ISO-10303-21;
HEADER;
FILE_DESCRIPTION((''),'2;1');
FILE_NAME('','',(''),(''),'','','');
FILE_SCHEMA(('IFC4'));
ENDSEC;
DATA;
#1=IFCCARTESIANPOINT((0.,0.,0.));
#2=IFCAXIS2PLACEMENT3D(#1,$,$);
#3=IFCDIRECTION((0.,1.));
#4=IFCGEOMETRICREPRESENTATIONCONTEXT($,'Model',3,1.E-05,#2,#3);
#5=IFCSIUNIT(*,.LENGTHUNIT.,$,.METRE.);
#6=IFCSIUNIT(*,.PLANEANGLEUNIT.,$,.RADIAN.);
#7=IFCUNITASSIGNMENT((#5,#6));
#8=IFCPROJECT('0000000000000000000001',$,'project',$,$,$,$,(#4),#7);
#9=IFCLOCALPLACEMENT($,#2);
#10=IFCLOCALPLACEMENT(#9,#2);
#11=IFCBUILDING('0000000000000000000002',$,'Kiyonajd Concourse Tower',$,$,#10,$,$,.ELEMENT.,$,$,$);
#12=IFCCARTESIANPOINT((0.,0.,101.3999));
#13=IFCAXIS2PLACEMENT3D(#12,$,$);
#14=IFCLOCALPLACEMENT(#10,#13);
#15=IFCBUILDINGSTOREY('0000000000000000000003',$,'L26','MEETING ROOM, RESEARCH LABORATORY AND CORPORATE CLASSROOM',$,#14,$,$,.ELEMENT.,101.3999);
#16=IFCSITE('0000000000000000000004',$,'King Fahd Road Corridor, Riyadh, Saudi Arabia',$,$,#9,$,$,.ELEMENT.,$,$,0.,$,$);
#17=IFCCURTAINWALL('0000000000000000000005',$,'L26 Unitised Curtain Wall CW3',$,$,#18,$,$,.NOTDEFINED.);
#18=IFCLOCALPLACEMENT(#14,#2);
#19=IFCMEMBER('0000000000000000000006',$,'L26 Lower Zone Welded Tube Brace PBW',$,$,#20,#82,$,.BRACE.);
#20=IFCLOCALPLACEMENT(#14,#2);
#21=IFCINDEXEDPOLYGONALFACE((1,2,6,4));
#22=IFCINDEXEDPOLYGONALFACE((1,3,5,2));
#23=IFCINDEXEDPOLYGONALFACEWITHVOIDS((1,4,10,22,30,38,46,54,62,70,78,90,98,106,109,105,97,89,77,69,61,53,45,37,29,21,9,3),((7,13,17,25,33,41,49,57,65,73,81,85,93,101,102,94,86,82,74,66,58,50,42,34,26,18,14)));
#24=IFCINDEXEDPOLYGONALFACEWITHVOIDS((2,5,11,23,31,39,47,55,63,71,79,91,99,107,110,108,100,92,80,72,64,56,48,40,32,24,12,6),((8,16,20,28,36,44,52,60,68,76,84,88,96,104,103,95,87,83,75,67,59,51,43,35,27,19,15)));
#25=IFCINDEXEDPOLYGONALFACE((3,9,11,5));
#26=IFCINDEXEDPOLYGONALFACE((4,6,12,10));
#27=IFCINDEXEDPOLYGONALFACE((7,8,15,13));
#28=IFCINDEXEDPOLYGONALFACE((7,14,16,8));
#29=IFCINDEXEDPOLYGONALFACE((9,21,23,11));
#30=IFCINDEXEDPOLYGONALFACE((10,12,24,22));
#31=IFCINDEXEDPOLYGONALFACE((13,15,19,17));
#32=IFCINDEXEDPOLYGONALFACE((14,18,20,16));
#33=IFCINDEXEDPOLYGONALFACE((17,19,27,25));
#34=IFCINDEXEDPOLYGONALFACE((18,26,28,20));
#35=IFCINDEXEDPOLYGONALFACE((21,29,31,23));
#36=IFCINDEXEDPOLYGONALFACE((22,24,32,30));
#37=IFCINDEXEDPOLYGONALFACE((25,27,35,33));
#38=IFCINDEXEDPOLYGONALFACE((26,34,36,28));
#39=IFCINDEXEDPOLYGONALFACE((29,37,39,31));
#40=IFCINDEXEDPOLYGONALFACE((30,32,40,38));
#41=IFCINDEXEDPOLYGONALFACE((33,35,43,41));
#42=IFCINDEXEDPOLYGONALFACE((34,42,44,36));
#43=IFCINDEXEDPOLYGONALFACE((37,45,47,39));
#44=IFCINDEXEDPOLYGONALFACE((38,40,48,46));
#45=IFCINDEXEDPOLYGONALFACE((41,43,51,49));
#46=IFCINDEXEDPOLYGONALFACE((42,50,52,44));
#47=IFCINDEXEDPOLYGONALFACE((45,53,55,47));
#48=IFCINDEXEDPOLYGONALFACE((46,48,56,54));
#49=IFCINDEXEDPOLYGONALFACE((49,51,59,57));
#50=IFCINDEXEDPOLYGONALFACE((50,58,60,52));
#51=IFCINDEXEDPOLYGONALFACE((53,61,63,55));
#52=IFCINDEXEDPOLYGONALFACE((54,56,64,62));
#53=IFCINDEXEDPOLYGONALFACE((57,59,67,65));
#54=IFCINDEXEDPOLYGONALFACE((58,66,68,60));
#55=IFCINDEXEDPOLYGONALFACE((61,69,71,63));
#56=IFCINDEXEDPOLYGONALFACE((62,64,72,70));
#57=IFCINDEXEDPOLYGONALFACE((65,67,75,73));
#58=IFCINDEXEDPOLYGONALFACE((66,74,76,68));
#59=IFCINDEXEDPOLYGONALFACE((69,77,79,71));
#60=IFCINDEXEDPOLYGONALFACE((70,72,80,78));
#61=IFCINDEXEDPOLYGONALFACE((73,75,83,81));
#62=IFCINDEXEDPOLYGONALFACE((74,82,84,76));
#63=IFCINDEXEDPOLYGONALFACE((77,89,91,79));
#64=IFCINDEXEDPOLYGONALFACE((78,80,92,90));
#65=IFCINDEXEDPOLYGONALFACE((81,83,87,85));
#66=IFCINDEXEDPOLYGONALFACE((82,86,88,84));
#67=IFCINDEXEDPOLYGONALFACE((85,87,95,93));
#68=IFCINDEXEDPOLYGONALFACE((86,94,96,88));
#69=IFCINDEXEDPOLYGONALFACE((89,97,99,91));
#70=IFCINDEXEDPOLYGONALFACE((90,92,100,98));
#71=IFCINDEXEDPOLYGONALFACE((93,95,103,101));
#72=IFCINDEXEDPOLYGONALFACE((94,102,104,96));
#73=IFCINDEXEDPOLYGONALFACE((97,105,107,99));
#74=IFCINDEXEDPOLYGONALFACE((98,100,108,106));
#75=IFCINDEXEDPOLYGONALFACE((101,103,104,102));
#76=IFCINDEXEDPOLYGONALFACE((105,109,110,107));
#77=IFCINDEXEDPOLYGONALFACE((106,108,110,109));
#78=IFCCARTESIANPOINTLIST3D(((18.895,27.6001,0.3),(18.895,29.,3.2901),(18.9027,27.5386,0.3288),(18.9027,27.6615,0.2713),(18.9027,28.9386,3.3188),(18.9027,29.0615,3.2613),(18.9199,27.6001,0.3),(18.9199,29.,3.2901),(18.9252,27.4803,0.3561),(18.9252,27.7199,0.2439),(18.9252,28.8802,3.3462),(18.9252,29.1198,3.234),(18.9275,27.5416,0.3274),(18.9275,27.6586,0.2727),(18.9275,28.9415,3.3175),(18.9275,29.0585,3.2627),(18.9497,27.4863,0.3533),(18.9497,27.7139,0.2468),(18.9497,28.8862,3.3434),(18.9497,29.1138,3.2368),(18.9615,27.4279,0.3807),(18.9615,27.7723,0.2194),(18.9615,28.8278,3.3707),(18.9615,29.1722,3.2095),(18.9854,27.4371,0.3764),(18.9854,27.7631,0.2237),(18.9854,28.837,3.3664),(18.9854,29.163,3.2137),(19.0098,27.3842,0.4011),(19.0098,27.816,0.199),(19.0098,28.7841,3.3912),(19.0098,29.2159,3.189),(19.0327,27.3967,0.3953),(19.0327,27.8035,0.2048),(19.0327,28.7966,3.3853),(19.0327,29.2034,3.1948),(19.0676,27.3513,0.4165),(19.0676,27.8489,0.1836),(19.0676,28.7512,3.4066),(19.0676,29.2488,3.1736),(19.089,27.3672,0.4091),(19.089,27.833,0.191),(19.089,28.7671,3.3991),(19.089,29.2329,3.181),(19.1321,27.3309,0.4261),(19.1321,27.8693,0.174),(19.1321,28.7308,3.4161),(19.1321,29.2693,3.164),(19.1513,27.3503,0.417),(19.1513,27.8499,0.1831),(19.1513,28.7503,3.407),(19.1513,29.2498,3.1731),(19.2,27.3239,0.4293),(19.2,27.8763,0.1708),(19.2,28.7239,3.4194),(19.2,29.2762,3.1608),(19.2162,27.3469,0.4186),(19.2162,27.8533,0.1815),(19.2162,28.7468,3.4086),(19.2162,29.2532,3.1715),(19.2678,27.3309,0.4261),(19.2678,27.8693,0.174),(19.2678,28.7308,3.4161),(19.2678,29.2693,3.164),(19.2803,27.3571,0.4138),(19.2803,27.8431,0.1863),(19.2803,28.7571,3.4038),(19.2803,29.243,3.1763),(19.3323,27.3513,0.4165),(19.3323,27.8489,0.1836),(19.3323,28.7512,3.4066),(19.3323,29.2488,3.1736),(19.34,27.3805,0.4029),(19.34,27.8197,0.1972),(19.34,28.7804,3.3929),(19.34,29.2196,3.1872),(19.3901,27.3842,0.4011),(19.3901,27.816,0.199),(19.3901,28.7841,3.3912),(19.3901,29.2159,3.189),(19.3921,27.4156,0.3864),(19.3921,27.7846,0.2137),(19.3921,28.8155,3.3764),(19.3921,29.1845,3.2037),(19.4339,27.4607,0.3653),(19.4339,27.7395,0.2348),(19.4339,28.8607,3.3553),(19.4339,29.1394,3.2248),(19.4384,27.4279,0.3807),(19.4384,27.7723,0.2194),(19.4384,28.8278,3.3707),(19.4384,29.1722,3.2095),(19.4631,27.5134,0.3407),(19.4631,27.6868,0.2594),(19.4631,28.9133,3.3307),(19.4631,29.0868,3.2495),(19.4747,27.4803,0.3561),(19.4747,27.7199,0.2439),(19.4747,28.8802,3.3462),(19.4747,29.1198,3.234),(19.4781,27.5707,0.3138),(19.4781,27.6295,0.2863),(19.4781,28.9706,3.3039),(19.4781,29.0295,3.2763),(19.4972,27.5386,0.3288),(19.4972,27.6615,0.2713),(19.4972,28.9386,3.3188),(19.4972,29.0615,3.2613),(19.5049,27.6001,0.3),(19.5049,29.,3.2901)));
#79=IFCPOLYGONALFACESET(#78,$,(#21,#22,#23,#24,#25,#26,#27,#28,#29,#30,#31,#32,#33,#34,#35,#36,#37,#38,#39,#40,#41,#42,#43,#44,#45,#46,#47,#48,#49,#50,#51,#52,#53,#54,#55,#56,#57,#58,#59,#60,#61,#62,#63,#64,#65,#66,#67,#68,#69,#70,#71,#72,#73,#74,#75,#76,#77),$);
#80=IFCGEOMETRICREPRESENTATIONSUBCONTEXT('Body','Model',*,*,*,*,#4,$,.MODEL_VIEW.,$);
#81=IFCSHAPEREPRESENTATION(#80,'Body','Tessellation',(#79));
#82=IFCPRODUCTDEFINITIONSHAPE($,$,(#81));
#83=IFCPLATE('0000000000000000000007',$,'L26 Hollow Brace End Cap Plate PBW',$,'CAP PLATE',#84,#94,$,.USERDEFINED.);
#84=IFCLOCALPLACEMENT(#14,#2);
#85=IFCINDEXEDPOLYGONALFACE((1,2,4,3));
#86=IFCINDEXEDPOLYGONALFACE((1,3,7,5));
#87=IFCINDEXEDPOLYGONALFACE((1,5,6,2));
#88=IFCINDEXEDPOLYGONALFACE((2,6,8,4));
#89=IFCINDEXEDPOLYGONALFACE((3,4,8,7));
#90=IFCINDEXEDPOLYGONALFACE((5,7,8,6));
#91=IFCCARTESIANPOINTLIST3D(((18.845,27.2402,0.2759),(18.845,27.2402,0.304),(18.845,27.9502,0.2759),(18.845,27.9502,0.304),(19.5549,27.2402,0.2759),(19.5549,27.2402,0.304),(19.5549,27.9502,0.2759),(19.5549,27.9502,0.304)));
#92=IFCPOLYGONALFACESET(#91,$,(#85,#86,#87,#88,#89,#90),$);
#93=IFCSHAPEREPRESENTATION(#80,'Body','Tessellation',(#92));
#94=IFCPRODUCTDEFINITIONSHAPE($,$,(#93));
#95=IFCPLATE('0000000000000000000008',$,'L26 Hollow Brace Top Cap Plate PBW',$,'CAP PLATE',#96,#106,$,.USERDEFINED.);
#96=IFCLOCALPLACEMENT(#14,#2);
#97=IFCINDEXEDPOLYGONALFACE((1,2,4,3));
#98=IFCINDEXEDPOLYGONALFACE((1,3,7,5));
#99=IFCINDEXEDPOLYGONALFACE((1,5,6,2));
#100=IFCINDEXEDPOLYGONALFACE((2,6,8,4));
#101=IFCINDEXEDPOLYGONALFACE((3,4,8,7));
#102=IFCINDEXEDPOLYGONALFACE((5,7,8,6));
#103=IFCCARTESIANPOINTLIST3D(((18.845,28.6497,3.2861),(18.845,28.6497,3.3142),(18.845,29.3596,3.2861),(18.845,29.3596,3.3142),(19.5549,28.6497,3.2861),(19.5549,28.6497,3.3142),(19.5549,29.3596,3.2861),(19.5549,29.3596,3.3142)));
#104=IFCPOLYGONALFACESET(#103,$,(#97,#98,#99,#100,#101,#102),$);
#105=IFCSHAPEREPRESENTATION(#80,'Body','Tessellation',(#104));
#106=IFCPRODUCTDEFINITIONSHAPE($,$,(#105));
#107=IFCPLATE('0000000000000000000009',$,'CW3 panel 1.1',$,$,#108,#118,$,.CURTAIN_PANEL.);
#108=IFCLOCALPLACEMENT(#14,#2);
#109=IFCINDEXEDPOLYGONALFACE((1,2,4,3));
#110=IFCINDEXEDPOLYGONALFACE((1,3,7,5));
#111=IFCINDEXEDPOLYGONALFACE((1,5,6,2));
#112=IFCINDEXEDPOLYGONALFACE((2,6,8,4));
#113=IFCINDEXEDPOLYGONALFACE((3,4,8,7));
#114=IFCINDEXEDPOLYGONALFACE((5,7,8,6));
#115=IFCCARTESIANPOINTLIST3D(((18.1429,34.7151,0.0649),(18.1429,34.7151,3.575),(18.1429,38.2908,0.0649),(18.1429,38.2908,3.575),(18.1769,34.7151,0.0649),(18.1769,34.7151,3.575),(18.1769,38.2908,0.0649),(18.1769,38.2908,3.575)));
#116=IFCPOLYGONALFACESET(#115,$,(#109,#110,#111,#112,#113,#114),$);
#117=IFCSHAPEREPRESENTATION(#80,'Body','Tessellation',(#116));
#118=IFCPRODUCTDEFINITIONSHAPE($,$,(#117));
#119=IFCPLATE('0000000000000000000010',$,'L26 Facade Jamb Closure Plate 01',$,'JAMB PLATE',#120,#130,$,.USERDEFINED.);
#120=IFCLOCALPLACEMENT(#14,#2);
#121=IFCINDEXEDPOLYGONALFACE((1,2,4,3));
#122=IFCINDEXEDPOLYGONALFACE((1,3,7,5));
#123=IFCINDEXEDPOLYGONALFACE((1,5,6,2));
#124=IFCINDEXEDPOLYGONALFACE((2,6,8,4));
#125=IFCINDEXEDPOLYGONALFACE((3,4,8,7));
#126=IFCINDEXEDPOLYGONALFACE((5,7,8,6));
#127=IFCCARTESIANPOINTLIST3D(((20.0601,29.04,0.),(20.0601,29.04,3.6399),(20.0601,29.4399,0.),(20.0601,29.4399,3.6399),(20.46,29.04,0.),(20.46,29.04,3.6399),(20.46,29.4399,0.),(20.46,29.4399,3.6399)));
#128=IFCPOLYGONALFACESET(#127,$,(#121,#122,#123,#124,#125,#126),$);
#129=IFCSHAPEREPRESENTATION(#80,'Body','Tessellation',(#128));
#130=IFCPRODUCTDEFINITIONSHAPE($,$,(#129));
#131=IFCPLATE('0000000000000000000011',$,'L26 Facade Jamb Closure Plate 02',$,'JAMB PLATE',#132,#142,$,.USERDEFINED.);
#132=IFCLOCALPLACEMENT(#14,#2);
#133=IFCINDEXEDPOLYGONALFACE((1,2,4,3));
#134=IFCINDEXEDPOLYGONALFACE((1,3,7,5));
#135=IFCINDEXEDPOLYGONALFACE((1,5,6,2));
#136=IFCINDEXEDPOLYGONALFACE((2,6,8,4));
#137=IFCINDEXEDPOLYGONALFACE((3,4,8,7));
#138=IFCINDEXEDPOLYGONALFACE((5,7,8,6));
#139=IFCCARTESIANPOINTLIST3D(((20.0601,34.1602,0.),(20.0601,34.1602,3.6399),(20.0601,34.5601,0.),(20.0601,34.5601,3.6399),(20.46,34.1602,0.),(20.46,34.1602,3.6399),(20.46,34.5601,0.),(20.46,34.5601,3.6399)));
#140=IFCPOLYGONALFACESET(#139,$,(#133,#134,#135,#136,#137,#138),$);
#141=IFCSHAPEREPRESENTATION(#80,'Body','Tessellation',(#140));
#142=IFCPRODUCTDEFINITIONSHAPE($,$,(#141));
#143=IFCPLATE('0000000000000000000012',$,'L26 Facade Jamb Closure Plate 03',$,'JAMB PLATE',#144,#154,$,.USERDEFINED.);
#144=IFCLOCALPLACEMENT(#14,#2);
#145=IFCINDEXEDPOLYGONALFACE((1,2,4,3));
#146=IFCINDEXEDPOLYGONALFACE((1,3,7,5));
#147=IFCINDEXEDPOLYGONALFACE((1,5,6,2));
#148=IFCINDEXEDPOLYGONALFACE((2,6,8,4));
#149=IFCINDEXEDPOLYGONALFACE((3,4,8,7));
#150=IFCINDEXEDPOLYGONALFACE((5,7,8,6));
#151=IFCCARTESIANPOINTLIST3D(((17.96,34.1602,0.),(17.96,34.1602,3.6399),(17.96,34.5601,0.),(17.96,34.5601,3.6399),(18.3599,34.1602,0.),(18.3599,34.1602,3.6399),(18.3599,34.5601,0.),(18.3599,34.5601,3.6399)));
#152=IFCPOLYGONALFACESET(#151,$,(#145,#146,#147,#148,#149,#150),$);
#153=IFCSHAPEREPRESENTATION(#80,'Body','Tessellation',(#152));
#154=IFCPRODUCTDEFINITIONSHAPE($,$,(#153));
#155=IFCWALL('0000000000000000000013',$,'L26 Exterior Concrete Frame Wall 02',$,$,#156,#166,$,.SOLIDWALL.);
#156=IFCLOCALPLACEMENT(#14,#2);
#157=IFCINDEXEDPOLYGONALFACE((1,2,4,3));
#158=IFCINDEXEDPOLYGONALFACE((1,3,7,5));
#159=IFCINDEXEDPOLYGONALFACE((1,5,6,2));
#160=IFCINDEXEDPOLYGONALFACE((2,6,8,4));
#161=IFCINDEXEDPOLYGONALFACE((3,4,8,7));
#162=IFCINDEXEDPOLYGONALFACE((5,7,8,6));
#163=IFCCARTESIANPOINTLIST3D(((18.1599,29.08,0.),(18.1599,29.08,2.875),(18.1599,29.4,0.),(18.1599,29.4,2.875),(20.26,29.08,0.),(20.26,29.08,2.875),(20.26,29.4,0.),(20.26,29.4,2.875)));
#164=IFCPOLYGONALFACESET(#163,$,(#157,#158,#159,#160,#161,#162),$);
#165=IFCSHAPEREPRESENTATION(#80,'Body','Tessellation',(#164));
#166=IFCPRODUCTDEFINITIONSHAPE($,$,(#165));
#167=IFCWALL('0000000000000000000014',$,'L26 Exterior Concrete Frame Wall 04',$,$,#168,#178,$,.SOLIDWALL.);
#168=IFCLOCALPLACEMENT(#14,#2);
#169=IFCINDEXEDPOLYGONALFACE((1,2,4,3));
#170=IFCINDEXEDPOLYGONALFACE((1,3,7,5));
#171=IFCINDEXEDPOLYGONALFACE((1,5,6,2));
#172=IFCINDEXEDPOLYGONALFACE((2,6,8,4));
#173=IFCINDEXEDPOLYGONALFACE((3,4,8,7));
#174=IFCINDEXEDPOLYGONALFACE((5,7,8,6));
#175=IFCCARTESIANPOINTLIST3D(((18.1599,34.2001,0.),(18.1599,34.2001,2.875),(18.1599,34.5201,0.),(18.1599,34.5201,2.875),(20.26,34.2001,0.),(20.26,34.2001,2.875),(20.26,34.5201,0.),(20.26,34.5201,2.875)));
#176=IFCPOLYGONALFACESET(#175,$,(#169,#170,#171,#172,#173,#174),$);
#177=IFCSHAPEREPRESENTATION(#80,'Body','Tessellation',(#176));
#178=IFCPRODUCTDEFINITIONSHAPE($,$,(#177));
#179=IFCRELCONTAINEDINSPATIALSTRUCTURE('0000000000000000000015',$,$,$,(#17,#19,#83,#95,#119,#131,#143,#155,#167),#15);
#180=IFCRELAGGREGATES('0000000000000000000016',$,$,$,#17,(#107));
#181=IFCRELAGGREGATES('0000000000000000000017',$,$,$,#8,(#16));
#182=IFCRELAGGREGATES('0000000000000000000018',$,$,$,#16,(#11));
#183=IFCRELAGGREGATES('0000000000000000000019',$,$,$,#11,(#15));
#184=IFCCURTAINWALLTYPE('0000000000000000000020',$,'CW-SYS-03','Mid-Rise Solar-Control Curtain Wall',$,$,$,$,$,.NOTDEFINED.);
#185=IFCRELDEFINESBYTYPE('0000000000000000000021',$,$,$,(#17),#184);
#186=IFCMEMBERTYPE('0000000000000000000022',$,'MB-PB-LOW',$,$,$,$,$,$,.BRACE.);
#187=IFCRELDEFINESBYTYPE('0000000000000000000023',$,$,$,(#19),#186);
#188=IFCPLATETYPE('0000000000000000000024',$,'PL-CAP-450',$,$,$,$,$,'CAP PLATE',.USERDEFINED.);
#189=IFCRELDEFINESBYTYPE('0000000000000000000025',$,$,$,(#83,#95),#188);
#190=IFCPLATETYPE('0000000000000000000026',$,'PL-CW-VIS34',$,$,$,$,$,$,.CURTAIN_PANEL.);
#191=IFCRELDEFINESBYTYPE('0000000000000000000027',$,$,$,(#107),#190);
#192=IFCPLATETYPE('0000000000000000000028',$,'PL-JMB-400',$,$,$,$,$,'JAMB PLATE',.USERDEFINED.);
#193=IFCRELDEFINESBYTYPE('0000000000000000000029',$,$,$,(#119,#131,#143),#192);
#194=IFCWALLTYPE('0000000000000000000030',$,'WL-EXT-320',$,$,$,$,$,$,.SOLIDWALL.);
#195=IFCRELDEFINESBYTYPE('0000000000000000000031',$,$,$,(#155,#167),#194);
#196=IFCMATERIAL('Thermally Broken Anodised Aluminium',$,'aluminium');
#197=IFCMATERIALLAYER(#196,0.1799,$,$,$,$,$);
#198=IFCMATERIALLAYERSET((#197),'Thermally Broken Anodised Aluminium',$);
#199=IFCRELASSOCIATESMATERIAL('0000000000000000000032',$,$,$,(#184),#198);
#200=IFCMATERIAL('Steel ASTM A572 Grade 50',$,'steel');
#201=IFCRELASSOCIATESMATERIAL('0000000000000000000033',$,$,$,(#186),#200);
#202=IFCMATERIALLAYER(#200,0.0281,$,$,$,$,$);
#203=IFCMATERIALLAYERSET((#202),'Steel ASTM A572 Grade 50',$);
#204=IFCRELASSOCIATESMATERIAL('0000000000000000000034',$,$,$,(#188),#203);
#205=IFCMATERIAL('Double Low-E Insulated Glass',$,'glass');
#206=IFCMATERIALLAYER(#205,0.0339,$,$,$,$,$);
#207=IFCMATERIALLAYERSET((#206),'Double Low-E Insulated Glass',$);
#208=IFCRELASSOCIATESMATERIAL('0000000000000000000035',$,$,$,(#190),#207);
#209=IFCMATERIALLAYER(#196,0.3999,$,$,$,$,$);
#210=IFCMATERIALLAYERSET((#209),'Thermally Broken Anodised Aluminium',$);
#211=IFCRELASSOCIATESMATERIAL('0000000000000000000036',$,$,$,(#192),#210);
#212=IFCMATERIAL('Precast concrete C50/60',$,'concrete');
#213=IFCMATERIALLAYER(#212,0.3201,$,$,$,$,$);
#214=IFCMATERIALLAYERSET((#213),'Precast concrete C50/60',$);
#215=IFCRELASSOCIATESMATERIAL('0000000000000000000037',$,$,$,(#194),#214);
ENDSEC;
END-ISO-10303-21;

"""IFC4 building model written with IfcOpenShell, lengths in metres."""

from ifc_helpers import new_model, si_unit, direction, frame, frame_2d, origin, origin_2d, place, context, subcontext, project, spatial, rectangle, hollow_circle, extrude, material, layer, layer_set, material_profile, profile_set, type_object, element, aggregate, save


model = new_model("IFC4")

# Units and contexts
model_context = context("Model", 3, precision=1e-05, world=origin(), true_north=direction((0.0, 1.0)))
body_context = subcontext(model_context, "Body", "Model", "MODEL_VIEW")
ifc_project = project(units=[si_unit("LENGTHUNIT", "METRE"), si_unit("PLANEANGLEUNIT", "RADIAN")], contexts=[model_context])

# Site, building, storey
site_placement = place(None, origin())
site = spatial("IfcSite", under=ifc_project, at=site_placement, Name="King Fahd Road Corridor, Riyadh, Saudi Arabia", CompositionType="ELEMENT", RefElevation=0.0)
building_placement = place(site_placement, origin())
building = spatial("IfcBuilding", under=site, at=building_placement, Name="Kiyonajd Concourse Tower", CompositionType="ELEMENT")
storey_placement = place(building_placement, frame((0.0, 0.0, 101.3999)))
storey = spatial("IfcBuildingStorey", under=building, at=storey_placement, Name="L26", Description="MEETING ROOM, RESEARCH LABORATORY AND CORPORATE CLASSROOM", CompositionType="ELEMENT", Elevation=101.3999)

# Shared definitions
ifc_material_1 = material(Name="Precast concrete C50/60", Category="concrete")

# Curtain wall
ifc_material_2 = material(Name="Thermally Broken Anodised Aluminium", Category="aluminium")
ifc_layer_1 = layer(ifc_material_2, 0.1799)
ifc_layer_set_1 = layer_set([ifc_layer_1], Name="Thermally Broken Anodised Aluminium")
curtain_wall_type = type_object("IfcCurtainWallType", Name="CW-SYS-03", Description="Mid-Rise Solar-Control Curtain Wall", PredefinedType="NOTDEFINED", material=ifc_layer_set_1)
curtain_wall_placement = place(storey_placement, origin())
curtain_wall = element("IfcCurtainWall", 1, at=curtain_wall_placement, inside=storey, type_object=curtain_wall_type, Name="L26 Unitised Curtain Wall CW3", PredefinedType="NOTDEFINED")

# Member
ifc_material_3 = material(Name="Steel ASTM A572 Grade 50", Category="steel")
ifc_material_profile_1 = material_profile(ifc_material_3, hollow_circle(Radius=0.3049, WallThickness=0.0249, at=origin_2d()), Name="CHS-610x25")
ifc_profile_set_1 = profile_set([ifc_material_profile_1], Name="Steel ASTM A572 Grade 50")
member_type_1 = type_object("IfcMemberType", Name="MB-PB-LOW", PredefinedType="BRACE", material=ifc_profile_set_1)
member_1_placement = place(storey_placement, frame((19.2, 27.6001, 0.3), z_axis=(0.0, 0.424023, 0.905652), x_axis=(-1.0, 0.0, 0.0)))
element("IfcMember", 2, at=member_1_placement, inside=storey, type_object=member_type_1, Name="L26 Lower Zone Welded Tube Brace PBW", PredefinedType="BRACE", context=body_context, shape_type="SweptSolid", body=[
    extrude(hollow_circle(Radius=0.3049, WallThickness=0.0249, at=origin_2d()), origin(), (0.0, 0.0, 1.0), 3.3015),
])

# Plates
ifc_layer_2 = layer(ifc_material_3, 0.0281)
ifc_layer_set_2 = layer_set([ifc_layer_2], Name="Steel ASTM A572 Grade 50")
plate_type_1 = type_object("IfcPlateType", Name="PL-CAP-450", ElementType="CAP PLATE", PredefinedType="USERDEFINED", material=ifc_layer_set_2)
for number, where, z_axis, x_axis, name in (
    (3, (19.2, 27.5952, 0.2759), (0.0, 0.0, 1.0), (1.0, 0.0, 0.0), "L26 Hollow Brace End Cap Plate PBW"),
    (4, (19.2, 29.0046, 3.2861), (0.0, 0.0, 1.0), (1.0, 0.0, 0.0), "L26 Hollow Brace Top Cap Plate PBW"),
):
    element("IfcPlate", number, at=place(storey_placement, frame(where, z_axis=z_axis, x_axis=x_axis)), inside=storey, type_object=plate_type_1, Name=name, ObjectType="CAP PLATE", PredefinedType="USERDEFINED", context=body_context, shape_type="SweptSolid", body=[
        extrude(rectangle(XDim=0.71, YDim=0.71, at=origin_2d()), origin(), (0.0, 0.0, 1.0), 0.0281),
    ])

# Plate
ifc_material_4 = material(Name="Double Low-E Insulated Glass", Category="glass")
ifc_layer_3 = layer(ifc_material_4, 0.0339)
ifc_layer_set_3 = layer_set([ifc_layer_3], Name="Double Low-E Insulated Glass")
plate_type_2 = type_object("IfcPlateType", Name="PL-CW-VIS34", PredefinedType="CURTAIN_PANEL", material=ifc_layer_set_3)
plate_placement = place(storey_placement, frame((18.1599, 36.5029, 0.0649), z_axis=(0.0, 0.0, 1.0), x_axis=(0.0, 1.0, 0.0)))
plate = element("IfcPlate", 5, at=plate_placement, type_object=plate_type_2, Name="CW3 panel 1.1", PredefinedType="CURTAIN_PANEL", context=body_context, shape_type="SweptSolid", body=[
    extrude(rectangle(XDim=3.5757, YDim=0.0339, at=origin_2d()), origin(), (0.0, 0.0, 1.0), 3.51),
])
aggregate(curtain_wall, [plate])

# Plates
ifc_layer_4 = layer(ifc_material_2, 0.3999)
ifc_layer_set_4 = layer_set([ifc_layer_4], Name="Thermally Broken Anodised Aluminium")
plate_type_3 = type_object("IfcPlateType", Name="PL-JMB-400", ElementType="JAMB PLATE", PredefinedType="USERDEFINED", material=ifc_layer_set_4)
for number, where, z_axis, x_axis, name in (
    (6, (20.26, 29.24, 0.0), (0.0, 0.0, 1.0), (1.0, 0.0, 0.0), "L26 Facade Jamb Closure Plate 01"),
    (7, (20.26, 34.3601, 0.0), (0.0, 0.0, 1.0), (1.0, 0.0, 0.0), "L26 Facade Jamb Closure Plate 02"),
    (8, (18.1599, 34.3601, 0.0), (0.0, 0.0, 1.0), (1.0, 0.0, 0.0), "L26 Facade Jamb Closure Plate 03"),
):
    element("IfcPlate", number, at=place(storey_placement, frame(where, z_axis=z_axis, x_axis=x_axis)), inside=storey, type_object=plate_type_3, Name=name, ObjectType="JAMB PLATE", PredefinedType="USERDEFINED", context=body_context, shape_type="SweptSolid", body=[
        extrude(rectangle(XDim=0.3999, YDim=0.3999, at=origin_2d()), origin(), (0.0, 0.0, 1.0), 3.6399),
    ])

# Walls
ifc_layer_5 = layer(ifc_material_1, 0.3201)
ifc_layer_set_5 = layer_set([ifc_layer_5], Name="Precast concrete C50/60")
wall_type_1 = type_object("IfcWallType", Name="WL-EXT-320", PredefinedType="SOLIDWALL", material=ifc_layer_set_5)
for number, where, z_axis, x_axis, name in (
    (9, (18.1599, 29.24, 0.0), (0.0, 0.0, 1.0), (1.0, 0.0, 0.0), "L26 Exterior Concrete Frame Wall 02"),
    (10, (20.26, 34.3601, 0.0), (0.0, 0.0, 1.0), (-1.0, 0.0, 0.0), "L26 Exterior Concrete Frame Wall 04"),
):
    element("IfcWall", number, at=place(storey_placement, frame(where, z_axis=z_axis, x_axis=x_axis)), inside=storey, type_object=wall_type_1, Name=name, PredefinedType="SOLIDWALL", context=body_context, shape_type="SweptSolid", body=[
        extrude(rectangle(XDim=2.1001, YDim=0.3201, at=frame_2d((1.05, 0.0))), origin(), (0.0, 0.0, 1.0), 2.875),
    ])

save(model, "model.ifc")
